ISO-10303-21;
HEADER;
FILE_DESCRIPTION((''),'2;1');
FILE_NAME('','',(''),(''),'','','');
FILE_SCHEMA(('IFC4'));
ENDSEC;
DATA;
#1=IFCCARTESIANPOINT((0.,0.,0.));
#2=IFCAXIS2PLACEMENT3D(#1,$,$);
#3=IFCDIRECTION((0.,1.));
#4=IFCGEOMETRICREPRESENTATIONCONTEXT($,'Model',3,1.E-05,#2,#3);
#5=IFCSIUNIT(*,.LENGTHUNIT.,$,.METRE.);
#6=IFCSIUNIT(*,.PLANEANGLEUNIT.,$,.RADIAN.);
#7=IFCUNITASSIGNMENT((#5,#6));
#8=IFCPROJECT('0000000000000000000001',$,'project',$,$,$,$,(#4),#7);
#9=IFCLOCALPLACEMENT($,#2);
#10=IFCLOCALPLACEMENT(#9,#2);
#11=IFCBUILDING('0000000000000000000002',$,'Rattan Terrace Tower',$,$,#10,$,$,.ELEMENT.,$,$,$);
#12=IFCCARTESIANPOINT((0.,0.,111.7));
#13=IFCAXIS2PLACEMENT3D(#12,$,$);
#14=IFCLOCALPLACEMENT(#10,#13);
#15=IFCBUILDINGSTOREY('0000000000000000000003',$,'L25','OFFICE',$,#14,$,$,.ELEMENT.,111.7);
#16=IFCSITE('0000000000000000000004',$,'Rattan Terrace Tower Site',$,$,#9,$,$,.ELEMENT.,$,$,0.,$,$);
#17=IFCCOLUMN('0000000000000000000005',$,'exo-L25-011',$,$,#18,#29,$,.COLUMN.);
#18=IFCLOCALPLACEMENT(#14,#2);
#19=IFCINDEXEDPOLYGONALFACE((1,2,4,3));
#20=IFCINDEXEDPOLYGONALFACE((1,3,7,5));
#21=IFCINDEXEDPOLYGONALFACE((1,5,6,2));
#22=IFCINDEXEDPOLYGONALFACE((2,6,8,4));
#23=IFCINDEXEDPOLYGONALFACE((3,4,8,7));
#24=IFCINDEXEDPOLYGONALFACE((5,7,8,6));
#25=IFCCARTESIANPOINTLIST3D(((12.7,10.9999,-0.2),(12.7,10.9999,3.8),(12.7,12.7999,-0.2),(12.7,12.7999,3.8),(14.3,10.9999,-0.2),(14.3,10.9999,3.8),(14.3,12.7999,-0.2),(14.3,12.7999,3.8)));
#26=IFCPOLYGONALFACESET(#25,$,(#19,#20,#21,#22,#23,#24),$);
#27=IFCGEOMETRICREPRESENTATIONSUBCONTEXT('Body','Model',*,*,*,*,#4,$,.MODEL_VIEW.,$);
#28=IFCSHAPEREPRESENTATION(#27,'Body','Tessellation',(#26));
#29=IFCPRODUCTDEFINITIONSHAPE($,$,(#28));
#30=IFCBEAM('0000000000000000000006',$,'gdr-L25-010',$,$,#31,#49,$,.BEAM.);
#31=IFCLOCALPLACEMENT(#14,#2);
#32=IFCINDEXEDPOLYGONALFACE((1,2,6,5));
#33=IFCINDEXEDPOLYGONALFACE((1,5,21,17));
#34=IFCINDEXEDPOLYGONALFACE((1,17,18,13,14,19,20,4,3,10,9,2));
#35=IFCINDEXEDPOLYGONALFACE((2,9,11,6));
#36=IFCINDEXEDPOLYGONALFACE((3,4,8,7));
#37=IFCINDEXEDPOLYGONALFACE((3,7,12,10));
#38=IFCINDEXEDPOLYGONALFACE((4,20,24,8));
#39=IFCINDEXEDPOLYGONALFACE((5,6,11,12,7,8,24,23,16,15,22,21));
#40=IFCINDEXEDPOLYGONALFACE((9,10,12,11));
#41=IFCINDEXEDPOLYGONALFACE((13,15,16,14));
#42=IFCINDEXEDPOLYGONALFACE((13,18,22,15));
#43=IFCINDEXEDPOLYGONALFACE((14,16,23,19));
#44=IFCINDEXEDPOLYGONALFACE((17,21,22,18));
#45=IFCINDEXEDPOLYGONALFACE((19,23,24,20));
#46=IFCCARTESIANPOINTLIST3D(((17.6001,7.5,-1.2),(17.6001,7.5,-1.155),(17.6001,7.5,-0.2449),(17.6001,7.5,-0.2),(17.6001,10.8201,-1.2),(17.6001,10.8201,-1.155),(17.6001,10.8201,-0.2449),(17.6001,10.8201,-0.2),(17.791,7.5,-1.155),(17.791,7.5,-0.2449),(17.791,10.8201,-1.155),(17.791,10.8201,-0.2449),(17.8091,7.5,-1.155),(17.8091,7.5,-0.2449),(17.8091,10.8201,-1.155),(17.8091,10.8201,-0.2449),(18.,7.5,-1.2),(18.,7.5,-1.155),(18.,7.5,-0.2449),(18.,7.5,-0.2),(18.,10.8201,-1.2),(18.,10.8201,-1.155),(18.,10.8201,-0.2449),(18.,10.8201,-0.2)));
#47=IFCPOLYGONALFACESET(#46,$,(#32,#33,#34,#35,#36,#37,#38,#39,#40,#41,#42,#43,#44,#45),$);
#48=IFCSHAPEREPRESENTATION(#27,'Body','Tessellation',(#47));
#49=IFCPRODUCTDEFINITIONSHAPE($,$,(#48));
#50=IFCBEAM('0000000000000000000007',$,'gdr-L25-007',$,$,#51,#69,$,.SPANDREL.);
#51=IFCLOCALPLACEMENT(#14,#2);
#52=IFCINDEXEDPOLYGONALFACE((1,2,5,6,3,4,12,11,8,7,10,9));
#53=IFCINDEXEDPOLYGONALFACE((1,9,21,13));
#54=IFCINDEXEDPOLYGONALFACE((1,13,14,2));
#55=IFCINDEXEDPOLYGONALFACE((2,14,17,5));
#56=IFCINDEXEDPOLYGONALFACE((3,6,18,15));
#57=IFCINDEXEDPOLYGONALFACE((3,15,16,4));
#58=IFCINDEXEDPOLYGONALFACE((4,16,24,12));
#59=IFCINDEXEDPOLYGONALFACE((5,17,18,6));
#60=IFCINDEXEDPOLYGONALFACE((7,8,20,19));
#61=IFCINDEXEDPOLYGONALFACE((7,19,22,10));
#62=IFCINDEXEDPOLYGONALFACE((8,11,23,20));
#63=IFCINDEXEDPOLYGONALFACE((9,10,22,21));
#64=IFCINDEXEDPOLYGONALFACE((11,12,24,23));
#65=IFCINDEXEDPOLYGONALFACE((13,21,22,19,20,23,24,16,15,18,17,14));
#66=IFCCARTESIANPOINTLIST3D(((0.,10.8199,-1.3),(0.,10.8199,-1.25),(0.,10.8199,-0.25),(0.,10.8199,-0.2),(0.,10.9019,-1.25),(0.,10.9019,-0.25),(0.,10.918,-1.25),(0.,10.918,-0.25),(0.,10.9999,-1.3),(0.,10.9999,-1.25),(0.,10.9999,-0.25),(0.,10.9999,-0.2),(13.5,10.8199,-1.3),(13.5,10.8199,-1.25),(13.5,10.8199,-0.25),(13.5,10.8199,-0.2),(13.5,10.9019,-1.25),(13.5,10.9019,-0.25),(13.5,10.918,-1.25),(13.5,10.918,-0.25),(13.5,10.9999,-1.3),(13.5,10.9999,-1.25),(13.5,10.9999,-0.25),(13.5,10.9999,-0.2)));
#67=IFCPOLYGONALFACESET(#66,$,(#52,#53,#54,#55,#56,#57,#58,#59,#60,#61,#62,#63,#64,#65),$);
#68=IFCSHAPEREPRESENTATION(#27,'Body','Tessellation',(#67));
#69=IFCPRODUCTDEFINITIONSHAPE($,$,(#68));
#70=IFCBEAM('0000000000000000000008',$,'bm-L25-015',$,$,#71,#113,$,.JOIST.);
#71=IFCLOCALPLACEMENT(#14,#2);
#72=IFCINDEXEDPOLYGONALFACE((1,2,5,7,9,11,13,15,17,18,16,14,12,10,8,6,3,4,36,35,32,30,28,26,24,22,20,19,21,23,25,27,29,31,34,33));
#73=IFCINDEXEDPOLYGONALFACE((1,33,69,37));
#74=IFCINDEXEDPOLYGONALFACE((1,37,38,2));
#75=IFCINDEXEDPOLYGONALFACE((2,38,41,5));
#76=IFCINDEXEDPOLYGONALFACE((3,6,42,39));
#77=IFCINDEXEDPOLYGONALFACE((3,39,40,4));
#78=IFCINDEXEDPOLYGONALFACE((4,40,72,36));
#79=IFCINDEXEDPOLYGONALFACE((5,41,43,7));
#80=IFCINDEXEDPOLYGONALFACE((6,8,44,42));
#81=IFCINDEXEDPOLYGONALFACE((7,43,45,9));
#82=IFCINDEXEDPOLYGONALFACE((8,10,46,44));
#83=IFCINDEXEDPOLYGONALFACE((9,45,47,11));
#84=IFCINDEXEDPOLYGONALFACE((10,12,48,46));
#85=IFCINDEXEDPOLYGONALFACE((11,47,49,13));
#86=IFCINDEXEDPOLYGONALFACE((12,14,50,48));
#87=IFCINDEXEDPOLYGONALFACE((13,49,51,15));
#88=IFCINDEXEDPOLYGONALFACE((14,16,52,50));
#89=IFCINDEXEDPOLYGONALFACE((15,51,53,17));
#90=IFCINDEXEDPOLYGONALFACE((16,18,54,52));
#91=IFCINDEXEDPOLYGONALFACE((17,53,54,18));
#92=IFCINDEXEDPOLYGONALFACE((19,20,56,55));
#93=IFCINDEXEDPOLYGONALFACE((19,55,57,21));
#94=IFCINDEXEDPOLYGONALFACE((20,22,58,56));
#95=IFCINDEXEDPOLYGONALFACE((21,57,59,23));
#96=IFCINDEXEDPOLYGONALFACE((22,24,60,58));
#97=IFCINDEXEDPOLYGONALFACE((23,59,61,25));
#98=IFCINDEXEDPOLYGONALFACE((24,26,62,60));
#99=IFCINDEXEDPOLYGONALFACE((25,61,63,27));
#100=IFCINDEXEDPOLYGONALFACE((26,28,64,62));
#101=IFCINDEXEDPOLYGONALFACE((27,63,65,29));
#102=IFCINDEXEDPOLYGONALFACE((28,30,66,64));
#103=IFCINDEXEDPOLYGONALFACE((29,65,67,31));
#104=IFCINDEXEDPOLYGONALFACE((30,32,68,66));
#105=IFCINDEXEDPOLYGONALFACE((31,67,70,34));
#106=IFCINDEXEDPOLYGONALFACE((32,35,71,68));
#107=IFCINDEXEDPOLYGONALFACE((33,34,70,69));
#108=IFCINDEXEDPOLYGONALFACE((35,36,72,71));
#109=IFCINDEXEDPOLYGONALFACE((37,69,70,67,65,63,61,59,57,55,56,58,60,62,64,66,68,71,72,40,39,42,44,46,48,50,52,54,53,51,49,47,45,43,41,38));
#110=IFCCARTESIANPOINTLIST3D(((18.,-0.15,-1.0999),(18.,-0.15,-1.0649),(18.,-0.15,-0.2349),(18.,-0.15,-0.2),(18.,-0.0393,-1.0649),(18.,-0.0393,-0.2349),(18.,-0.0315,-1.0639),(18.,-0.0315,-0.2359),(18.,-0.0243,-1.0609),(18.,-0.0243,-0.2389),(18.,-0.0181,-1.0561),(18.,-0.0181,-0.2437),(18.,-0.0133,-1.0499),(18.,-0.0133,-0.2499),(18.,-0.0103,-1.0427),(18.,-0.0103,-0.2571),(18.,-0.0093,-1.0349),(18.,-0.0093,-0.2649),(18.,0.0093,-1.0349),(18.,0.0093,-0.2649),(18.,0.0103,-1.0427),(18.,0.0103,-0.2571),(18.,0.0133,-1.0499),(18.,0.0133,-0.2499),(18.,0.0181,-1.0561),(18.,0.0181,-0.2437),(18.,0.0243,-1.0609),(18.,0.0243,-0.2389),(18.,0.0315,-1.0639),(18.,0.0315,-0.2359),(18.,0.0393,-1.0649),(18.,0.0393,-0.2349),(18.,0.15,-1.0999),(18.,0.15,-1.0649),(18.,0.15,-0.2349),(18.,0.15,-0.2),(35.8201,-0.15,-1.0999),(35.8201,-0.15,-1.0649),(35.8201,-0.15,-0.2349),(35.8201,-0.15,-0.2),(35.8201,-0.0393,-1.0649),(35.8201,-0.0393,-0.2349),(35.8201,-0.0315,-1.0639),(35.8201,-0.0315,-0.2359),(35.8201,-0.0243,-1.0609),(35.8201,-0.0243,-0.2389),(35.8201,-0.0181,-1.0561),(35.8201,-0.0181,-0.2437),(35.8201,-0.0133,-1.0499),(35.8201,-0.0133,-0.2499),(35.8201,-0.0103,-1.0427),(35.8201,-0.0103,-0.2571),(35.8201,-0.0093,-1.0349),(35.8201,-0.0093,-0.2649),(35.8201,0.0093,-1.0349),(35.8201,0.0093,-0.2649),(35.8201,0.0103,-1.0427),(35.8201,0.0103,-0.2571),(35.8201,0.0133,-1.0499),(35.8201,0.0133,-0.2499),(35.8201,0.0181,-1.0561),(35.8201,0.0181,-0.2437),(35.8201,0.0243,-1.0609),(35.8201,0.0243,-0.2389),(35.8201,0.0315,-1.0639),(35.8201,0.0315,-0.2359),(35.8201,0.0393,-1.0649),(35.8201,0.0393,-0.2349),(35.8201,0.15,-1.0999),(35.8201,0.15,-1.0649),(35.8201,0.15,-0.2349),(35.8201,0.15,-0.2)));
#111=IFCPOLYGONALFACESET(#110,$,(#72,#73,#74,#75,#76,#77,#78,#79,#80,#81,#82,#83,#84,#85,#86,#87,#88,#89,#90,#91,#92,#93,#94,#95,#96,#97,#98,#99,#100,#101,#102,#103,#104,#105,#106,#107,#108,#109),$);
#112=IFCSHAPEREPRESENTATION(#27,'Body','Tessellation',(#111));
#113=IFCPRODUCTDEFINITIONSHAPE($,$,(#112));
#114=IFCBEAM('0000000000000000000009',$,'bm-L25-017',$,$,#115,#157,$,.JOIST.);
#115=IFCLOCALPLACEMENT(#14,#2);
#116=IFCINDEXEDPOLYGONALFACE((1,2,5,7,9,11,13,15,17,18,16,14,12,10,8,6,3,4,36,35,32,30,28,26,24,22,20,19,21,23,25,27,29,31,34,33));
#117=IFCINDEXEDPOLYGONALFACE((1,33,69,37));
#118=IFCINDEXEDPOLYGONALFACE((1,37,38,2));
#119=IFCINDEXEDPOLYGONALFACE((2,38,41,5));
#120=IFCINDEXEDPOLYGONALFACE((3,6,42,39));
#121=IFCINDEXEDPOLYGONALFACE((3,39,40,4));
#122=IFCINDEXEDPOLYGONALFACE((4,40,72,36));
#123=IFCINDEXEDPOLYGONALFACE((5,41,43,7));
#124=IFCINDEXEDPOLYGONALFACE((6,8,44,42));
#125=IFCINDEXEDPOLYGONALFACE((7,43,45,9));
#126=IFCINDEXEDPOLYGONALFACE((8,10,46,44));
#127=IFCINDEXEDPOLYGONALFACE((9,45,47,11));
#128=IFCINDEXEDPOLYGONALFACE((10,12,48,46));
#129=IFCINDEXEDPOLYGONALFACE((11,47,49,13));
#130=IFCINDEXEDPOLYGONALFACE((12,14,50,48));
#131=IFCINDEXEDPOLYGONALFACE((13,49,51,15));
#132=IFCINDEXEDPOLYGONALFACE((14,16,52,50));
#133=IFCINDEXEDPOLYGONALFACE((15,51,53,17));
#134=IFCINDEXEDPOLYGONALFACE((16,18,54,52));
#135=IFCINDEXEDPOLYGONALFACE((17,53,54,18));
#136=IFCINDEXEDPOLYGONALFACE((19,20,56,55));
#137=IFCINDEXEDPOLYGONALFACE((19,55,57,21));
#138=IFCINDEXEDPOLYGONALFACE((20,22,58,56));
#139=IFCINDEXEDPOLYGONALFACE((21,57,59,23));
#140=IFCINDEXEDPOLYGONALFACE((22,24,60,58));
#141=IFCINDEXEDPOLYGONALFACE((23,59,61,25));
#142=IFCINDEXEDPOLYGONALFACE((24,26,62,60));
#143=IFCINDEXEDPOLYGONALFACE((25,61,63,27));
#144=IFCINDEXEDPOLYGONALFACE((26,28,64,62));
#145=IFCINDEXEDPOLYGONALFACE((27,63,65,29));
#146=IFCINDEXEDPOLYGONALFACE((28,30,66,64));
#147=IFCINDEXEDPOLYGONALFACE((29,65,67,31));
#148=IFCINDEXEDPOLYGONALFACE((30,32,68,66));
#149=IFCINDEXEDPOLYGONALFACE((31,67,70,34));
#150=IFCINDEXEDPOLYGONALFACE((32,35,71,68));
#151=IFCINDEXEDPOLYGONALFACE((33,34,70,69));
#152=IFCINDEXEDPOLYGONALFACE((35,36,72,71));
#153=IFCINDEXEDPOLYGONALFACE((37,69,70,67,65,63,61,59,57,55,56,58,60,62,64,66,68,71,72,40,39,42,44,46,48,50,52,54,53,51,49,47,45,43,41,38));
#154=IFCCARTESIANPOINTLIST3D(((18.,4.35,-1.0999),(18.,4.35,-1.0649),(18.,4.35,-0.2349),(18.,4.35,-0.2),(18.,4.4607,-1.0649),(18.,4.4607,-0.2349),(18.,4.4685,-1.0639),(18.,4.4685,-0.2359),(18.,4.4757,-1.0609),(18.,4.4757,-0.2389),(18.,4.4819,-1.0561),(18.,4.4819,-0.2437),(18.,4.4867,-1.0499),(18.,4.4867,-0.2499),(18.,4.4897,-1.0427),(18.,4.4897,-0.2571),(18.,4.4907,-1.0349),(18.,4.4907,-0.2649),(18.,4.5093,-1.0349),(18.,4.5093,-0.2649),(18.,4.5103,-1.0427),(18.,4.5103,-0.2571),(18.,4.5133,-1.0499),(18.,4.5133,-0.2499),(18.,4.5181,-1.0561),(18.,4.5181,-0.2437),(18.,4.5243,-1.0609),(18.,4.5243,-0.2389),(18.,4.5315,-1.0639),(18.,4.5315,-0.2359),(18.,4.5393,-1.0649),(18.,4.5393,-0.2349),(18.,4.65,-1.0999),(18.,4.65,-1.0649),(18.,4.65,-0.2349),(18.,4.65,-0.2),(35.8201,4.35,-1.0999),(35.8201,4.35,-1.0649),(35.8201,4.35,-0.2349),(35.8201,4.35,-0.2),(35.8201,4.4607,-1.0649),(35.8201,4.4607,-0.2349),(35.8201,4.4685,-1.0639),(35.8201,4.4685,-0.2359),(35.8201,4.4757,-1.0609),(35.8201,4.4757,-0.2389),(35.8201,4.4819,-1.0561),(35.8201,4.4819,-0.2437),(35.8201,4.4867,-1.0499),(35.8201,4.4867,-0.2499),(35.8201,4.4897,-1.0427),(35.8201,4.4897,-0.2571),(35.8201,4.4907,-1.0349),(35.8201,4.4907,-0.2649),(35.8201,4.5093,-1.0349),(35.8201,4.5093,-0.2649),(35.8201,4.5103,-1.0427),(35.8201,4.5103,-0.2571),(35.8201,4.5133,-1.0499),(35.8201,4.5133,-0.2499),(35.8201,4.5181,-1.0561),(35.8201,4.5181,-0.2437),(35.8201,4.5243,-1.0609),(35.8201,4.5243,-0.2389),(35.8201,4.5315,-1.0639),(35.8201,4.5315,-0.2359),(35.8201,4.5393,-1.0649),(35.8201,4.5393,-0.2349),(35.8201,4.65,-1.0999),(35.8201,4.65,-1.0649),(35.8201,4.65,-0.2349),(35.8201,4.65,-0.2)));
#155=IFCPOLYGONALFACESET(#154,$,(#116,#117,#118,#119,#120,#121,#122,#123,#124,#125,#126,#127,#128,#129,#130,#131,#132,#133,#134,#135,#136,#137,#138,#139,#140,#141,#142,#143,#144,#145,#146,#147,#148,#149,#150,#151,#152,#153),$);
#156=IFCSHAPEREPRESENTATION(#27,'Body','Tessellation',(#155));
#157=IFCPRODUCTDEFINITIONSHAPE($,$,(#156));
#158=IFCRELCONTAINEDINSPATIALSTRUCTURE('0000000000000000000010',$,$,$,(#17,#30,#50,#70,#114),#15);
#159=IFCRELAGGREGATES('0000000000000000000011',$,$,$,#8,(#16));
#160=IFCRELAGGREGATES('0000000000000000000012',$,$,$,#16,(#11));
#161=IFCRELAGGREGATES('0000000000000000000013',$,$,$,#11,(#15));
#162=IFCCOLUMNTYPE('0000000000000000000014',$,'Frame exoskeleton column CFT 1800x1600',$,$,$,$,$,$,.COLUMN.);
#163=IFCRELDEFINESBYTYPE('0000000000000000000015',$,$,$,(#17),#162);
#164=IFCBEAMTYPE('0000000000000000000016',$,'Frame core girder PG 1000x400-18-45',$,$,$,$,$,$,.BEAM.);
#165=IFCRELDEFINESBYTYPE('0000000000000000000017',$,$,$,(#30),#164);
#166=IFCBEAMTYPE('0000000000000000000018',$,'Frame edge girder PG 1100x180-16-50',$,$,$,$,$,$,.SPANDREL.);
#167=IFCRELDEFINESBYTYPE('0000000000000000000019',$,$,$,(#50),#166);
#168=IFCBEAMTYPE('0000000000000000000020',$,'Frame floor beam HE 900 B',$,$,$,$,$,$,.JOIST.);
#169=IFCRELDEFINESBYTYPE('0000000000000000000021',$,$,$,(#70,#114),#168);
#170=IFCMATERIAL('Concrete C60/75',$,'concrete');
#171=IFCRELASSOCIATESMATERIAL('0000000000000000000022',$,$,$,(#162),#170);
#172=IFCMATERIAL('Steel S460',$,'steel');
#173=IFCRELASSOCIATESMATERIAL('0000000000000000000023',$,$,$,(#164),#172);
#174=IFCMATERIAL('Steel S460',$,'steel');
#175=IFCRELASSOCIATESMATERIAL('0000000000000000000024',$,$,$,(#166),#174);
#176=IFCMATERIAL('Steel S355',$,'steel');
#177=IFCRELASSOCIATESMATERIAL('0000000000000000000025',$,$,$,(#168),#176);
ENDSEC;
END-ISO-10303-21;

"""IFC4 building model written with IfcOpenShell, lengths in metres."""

from ifc_helpers import new_model, si_unit, direction, frame, origin, origin_2d, place, context, subcontext, project, spatial, rectangle, i_section, extrude, material, material_profile, profile_set, type_object, element, save


model = new_model("IFC4")

# Units and contexts
model_context = context("Model", 3, precision=1e-05, world=origin(), true_north=direction((0.0, 1.0)))
body_context = subcontext(model_context, "Body", "Model", "MODEL_VIEW")
ifc_project = project(units=[si_unit("LENGTHUNIT", "METRE"), si_unit("PLANEANGLEUNIT", "RADIAN")], contexts=[model_context])

# Site, building, storey
site_placement = place(None, origin())
site = spatial("IfcSite", under=ifc_project, at=site_placement, Name="Rattan Terrace Tower Site", CompositionType="ELEMENT", RefElevation=0.0)
building_placement = place(site_placement, origin())
building = spatial("IfcBuilding", under=site, at=building_placement, Name="Rattan Terrace Tower", CompositionType="ELEMENT")
storey_placement = place(building_placement, frame((0.0, 0.0, 111.7)))
storey = spatial("IfcBuildingStorey", under=building, at=storey_placement, Name="L25", Description="OFFICE", CompositionType="ELEMENT", Elevation=111.7)

# Column
ifc_material_1 = material(Name="Concrete C60/75", Category="concrete")
ifc_material_profile_1 = material_profile(ifc_material_1, rectangle(XDim=1.6001, YDim=1.8, at=origin_2d()), Name="CFT 1800x1600")
ifc_profile_set_1 = profile_set([ifc_material_profile_1], Name="Concrete C60/75")
column_type = type_object("IfcColumnType", Name="Frame exoskeleton column CFT 1800x1600", PredefinedType="COLUMN", material=ifc_profile_set_1)
column_placement = place(storey_placement, frame((13.5, 11.8999, -0.2), z_axis=(0.0, 0.0, 1.0), x_axis=(1.0, 0.0, 0.0)))
element("IfcColumn", 1, at=column_placement, inside=storey, type_object=column_type, Name="exo-L25-011", PredefinedType="COLUMN", context=body_context, shape_type="SweptSolid", body=[
    extrude(rectangle(XDim=1.6001, YDim=1.8, at=origin_2d()), origin(), (0.0, 0.0, 1.0), 4.0),
])

# Beams
ifc_material_2 = material(Name="Steel S460", Category="steel")
ifc_material_profile_2 = material_profile(ifc_material_2, i_section(OverallWidth=0.3999, OverallDepth=1.0, WebThickness=0.0181, FlangeThickness=0.0449, at=origin_2d()), Name="PG 1000x400-18-45")
ifc_profile_set_2 = profile_set([ifc_material_profile_2], Name="Steel S460")
beam_type_1 = type_object("IfcBeamType", Name="Frame core girder PG 1000x400-18-45", PredefinedType="BEAM", material=ifc_profile_set_2)
beam_1_placement = place(storey_placement, frame((17.8, 7.5, -0.7), z_axis=(0.0, 1.0, 0.0), x_axis=(-1.0, 0.0, 0.0)))
element("IfcBeam", 2, at=beam_1_placement, inside=storey, type_object=beam_type_1, Name="gdr-L25-010", PredefinedType="BEAM", context=body_context, shape_type="SweptSolid", body=[
    extrude(i_section(OverallWidth=0.3999, OverallDepth=1.0, WebThickness=0.0181, FlangeThickness=0.0449, at=origin_2d()), origin(), (0.0, 0.0, 1.0), 3.3201),
])
ifc_material_3 = material(Name="Steel S460", Category="steel")
ifc_material_profile_3 = material_profile(ifc_material_3, i_section(OverallWidth=0.1799, OverallDepth=1.1001, WebThickness=0.0161, FlangeThickness=0.05, at=origin_2d()), Name="PG 1100x180-16-50")
ifc_profile_set_3 = profile_set([ifc_material_profile_3], Name="Steel S460")
beam_type_2 = type_object("IfcBeamType", Name="Frame edge girder PG 1100x180-16-50", PredefinedType="SPANDREL", material=ifc_profile_set_3)
beam_2_placement = place(storey_placement, frame((13.5, 10.9099, -0.75), z_axis=(-1.0, 0.0, 0.0), x_axis=(0.0, -1.0, 0.0)))
element("IfcBeam", 3, at=beam_2_placement, inside=storey, type_object=beam_type_2, Name="gdr-L25-007", PredefinedType="SPANDREL", context=body_context, shape_type="SweptSolid", body=[
    extrude(i_section(OverallWidth=0.1799, OverallDepth=1.1001, WebThickness=0.0161, FlangeThickness=0.05, at=origin_2d()), origin(), (0.0, 0.0, 1.0), 13.5),
])
ifc_material_4 = material(Name="Steel S355", Category="steel")
ifc_material_profile_4 = material_profile(ifc_material_4, i_section(OverallWidth=0.3, OverallDepth=0.8999, WebThickness=0.0186, FlangeThickness=0.0349, FilletRadius=0.03, at=origin_2d()), Name="HE 900 B")
ifc_profile_set_4 = profile_set([ifc_material_profile_4], Name="Steel S355")
beam_type_3 = type_object("IfcBeamType", Name="Frame floor beam HE 900 B", PredefinedType="JOIST", material=ifc_profile_set_4)
for number, where, z_axis, x_axis, name in (
    (4, (18.0, 0.0, -0.6499), (1.0, 0.0, 0.0), (0.0, 1.0, 0.0), "bm-L25-015"),
    (5, (18.0, 4.5, -0.6499), (1.0, 0.0, 0.0), (0.0, 1.0, 0.0), "bm-L25-017"),
):
    element("IfcBeam", number, at=place(storey_placement, frame(where, z_axis=z_axis, x_axis=x_axis)), inside=storey, type_object=beam_type_3, Name=name, PredefinedType="JOIST", context=body_context, shape_type="SweptSolid", body=[
        extrude(i_section(OverallWidth=0.3, OverallDepth=0.8999, WebThickness=0.0186, FlangeThickness=0.0349, FilletRadius=0.03, at=origin_2d()), origin(), (0.0, 0.0, 1.0), 17.8201),
    ])

save(model, "model.ifc")
